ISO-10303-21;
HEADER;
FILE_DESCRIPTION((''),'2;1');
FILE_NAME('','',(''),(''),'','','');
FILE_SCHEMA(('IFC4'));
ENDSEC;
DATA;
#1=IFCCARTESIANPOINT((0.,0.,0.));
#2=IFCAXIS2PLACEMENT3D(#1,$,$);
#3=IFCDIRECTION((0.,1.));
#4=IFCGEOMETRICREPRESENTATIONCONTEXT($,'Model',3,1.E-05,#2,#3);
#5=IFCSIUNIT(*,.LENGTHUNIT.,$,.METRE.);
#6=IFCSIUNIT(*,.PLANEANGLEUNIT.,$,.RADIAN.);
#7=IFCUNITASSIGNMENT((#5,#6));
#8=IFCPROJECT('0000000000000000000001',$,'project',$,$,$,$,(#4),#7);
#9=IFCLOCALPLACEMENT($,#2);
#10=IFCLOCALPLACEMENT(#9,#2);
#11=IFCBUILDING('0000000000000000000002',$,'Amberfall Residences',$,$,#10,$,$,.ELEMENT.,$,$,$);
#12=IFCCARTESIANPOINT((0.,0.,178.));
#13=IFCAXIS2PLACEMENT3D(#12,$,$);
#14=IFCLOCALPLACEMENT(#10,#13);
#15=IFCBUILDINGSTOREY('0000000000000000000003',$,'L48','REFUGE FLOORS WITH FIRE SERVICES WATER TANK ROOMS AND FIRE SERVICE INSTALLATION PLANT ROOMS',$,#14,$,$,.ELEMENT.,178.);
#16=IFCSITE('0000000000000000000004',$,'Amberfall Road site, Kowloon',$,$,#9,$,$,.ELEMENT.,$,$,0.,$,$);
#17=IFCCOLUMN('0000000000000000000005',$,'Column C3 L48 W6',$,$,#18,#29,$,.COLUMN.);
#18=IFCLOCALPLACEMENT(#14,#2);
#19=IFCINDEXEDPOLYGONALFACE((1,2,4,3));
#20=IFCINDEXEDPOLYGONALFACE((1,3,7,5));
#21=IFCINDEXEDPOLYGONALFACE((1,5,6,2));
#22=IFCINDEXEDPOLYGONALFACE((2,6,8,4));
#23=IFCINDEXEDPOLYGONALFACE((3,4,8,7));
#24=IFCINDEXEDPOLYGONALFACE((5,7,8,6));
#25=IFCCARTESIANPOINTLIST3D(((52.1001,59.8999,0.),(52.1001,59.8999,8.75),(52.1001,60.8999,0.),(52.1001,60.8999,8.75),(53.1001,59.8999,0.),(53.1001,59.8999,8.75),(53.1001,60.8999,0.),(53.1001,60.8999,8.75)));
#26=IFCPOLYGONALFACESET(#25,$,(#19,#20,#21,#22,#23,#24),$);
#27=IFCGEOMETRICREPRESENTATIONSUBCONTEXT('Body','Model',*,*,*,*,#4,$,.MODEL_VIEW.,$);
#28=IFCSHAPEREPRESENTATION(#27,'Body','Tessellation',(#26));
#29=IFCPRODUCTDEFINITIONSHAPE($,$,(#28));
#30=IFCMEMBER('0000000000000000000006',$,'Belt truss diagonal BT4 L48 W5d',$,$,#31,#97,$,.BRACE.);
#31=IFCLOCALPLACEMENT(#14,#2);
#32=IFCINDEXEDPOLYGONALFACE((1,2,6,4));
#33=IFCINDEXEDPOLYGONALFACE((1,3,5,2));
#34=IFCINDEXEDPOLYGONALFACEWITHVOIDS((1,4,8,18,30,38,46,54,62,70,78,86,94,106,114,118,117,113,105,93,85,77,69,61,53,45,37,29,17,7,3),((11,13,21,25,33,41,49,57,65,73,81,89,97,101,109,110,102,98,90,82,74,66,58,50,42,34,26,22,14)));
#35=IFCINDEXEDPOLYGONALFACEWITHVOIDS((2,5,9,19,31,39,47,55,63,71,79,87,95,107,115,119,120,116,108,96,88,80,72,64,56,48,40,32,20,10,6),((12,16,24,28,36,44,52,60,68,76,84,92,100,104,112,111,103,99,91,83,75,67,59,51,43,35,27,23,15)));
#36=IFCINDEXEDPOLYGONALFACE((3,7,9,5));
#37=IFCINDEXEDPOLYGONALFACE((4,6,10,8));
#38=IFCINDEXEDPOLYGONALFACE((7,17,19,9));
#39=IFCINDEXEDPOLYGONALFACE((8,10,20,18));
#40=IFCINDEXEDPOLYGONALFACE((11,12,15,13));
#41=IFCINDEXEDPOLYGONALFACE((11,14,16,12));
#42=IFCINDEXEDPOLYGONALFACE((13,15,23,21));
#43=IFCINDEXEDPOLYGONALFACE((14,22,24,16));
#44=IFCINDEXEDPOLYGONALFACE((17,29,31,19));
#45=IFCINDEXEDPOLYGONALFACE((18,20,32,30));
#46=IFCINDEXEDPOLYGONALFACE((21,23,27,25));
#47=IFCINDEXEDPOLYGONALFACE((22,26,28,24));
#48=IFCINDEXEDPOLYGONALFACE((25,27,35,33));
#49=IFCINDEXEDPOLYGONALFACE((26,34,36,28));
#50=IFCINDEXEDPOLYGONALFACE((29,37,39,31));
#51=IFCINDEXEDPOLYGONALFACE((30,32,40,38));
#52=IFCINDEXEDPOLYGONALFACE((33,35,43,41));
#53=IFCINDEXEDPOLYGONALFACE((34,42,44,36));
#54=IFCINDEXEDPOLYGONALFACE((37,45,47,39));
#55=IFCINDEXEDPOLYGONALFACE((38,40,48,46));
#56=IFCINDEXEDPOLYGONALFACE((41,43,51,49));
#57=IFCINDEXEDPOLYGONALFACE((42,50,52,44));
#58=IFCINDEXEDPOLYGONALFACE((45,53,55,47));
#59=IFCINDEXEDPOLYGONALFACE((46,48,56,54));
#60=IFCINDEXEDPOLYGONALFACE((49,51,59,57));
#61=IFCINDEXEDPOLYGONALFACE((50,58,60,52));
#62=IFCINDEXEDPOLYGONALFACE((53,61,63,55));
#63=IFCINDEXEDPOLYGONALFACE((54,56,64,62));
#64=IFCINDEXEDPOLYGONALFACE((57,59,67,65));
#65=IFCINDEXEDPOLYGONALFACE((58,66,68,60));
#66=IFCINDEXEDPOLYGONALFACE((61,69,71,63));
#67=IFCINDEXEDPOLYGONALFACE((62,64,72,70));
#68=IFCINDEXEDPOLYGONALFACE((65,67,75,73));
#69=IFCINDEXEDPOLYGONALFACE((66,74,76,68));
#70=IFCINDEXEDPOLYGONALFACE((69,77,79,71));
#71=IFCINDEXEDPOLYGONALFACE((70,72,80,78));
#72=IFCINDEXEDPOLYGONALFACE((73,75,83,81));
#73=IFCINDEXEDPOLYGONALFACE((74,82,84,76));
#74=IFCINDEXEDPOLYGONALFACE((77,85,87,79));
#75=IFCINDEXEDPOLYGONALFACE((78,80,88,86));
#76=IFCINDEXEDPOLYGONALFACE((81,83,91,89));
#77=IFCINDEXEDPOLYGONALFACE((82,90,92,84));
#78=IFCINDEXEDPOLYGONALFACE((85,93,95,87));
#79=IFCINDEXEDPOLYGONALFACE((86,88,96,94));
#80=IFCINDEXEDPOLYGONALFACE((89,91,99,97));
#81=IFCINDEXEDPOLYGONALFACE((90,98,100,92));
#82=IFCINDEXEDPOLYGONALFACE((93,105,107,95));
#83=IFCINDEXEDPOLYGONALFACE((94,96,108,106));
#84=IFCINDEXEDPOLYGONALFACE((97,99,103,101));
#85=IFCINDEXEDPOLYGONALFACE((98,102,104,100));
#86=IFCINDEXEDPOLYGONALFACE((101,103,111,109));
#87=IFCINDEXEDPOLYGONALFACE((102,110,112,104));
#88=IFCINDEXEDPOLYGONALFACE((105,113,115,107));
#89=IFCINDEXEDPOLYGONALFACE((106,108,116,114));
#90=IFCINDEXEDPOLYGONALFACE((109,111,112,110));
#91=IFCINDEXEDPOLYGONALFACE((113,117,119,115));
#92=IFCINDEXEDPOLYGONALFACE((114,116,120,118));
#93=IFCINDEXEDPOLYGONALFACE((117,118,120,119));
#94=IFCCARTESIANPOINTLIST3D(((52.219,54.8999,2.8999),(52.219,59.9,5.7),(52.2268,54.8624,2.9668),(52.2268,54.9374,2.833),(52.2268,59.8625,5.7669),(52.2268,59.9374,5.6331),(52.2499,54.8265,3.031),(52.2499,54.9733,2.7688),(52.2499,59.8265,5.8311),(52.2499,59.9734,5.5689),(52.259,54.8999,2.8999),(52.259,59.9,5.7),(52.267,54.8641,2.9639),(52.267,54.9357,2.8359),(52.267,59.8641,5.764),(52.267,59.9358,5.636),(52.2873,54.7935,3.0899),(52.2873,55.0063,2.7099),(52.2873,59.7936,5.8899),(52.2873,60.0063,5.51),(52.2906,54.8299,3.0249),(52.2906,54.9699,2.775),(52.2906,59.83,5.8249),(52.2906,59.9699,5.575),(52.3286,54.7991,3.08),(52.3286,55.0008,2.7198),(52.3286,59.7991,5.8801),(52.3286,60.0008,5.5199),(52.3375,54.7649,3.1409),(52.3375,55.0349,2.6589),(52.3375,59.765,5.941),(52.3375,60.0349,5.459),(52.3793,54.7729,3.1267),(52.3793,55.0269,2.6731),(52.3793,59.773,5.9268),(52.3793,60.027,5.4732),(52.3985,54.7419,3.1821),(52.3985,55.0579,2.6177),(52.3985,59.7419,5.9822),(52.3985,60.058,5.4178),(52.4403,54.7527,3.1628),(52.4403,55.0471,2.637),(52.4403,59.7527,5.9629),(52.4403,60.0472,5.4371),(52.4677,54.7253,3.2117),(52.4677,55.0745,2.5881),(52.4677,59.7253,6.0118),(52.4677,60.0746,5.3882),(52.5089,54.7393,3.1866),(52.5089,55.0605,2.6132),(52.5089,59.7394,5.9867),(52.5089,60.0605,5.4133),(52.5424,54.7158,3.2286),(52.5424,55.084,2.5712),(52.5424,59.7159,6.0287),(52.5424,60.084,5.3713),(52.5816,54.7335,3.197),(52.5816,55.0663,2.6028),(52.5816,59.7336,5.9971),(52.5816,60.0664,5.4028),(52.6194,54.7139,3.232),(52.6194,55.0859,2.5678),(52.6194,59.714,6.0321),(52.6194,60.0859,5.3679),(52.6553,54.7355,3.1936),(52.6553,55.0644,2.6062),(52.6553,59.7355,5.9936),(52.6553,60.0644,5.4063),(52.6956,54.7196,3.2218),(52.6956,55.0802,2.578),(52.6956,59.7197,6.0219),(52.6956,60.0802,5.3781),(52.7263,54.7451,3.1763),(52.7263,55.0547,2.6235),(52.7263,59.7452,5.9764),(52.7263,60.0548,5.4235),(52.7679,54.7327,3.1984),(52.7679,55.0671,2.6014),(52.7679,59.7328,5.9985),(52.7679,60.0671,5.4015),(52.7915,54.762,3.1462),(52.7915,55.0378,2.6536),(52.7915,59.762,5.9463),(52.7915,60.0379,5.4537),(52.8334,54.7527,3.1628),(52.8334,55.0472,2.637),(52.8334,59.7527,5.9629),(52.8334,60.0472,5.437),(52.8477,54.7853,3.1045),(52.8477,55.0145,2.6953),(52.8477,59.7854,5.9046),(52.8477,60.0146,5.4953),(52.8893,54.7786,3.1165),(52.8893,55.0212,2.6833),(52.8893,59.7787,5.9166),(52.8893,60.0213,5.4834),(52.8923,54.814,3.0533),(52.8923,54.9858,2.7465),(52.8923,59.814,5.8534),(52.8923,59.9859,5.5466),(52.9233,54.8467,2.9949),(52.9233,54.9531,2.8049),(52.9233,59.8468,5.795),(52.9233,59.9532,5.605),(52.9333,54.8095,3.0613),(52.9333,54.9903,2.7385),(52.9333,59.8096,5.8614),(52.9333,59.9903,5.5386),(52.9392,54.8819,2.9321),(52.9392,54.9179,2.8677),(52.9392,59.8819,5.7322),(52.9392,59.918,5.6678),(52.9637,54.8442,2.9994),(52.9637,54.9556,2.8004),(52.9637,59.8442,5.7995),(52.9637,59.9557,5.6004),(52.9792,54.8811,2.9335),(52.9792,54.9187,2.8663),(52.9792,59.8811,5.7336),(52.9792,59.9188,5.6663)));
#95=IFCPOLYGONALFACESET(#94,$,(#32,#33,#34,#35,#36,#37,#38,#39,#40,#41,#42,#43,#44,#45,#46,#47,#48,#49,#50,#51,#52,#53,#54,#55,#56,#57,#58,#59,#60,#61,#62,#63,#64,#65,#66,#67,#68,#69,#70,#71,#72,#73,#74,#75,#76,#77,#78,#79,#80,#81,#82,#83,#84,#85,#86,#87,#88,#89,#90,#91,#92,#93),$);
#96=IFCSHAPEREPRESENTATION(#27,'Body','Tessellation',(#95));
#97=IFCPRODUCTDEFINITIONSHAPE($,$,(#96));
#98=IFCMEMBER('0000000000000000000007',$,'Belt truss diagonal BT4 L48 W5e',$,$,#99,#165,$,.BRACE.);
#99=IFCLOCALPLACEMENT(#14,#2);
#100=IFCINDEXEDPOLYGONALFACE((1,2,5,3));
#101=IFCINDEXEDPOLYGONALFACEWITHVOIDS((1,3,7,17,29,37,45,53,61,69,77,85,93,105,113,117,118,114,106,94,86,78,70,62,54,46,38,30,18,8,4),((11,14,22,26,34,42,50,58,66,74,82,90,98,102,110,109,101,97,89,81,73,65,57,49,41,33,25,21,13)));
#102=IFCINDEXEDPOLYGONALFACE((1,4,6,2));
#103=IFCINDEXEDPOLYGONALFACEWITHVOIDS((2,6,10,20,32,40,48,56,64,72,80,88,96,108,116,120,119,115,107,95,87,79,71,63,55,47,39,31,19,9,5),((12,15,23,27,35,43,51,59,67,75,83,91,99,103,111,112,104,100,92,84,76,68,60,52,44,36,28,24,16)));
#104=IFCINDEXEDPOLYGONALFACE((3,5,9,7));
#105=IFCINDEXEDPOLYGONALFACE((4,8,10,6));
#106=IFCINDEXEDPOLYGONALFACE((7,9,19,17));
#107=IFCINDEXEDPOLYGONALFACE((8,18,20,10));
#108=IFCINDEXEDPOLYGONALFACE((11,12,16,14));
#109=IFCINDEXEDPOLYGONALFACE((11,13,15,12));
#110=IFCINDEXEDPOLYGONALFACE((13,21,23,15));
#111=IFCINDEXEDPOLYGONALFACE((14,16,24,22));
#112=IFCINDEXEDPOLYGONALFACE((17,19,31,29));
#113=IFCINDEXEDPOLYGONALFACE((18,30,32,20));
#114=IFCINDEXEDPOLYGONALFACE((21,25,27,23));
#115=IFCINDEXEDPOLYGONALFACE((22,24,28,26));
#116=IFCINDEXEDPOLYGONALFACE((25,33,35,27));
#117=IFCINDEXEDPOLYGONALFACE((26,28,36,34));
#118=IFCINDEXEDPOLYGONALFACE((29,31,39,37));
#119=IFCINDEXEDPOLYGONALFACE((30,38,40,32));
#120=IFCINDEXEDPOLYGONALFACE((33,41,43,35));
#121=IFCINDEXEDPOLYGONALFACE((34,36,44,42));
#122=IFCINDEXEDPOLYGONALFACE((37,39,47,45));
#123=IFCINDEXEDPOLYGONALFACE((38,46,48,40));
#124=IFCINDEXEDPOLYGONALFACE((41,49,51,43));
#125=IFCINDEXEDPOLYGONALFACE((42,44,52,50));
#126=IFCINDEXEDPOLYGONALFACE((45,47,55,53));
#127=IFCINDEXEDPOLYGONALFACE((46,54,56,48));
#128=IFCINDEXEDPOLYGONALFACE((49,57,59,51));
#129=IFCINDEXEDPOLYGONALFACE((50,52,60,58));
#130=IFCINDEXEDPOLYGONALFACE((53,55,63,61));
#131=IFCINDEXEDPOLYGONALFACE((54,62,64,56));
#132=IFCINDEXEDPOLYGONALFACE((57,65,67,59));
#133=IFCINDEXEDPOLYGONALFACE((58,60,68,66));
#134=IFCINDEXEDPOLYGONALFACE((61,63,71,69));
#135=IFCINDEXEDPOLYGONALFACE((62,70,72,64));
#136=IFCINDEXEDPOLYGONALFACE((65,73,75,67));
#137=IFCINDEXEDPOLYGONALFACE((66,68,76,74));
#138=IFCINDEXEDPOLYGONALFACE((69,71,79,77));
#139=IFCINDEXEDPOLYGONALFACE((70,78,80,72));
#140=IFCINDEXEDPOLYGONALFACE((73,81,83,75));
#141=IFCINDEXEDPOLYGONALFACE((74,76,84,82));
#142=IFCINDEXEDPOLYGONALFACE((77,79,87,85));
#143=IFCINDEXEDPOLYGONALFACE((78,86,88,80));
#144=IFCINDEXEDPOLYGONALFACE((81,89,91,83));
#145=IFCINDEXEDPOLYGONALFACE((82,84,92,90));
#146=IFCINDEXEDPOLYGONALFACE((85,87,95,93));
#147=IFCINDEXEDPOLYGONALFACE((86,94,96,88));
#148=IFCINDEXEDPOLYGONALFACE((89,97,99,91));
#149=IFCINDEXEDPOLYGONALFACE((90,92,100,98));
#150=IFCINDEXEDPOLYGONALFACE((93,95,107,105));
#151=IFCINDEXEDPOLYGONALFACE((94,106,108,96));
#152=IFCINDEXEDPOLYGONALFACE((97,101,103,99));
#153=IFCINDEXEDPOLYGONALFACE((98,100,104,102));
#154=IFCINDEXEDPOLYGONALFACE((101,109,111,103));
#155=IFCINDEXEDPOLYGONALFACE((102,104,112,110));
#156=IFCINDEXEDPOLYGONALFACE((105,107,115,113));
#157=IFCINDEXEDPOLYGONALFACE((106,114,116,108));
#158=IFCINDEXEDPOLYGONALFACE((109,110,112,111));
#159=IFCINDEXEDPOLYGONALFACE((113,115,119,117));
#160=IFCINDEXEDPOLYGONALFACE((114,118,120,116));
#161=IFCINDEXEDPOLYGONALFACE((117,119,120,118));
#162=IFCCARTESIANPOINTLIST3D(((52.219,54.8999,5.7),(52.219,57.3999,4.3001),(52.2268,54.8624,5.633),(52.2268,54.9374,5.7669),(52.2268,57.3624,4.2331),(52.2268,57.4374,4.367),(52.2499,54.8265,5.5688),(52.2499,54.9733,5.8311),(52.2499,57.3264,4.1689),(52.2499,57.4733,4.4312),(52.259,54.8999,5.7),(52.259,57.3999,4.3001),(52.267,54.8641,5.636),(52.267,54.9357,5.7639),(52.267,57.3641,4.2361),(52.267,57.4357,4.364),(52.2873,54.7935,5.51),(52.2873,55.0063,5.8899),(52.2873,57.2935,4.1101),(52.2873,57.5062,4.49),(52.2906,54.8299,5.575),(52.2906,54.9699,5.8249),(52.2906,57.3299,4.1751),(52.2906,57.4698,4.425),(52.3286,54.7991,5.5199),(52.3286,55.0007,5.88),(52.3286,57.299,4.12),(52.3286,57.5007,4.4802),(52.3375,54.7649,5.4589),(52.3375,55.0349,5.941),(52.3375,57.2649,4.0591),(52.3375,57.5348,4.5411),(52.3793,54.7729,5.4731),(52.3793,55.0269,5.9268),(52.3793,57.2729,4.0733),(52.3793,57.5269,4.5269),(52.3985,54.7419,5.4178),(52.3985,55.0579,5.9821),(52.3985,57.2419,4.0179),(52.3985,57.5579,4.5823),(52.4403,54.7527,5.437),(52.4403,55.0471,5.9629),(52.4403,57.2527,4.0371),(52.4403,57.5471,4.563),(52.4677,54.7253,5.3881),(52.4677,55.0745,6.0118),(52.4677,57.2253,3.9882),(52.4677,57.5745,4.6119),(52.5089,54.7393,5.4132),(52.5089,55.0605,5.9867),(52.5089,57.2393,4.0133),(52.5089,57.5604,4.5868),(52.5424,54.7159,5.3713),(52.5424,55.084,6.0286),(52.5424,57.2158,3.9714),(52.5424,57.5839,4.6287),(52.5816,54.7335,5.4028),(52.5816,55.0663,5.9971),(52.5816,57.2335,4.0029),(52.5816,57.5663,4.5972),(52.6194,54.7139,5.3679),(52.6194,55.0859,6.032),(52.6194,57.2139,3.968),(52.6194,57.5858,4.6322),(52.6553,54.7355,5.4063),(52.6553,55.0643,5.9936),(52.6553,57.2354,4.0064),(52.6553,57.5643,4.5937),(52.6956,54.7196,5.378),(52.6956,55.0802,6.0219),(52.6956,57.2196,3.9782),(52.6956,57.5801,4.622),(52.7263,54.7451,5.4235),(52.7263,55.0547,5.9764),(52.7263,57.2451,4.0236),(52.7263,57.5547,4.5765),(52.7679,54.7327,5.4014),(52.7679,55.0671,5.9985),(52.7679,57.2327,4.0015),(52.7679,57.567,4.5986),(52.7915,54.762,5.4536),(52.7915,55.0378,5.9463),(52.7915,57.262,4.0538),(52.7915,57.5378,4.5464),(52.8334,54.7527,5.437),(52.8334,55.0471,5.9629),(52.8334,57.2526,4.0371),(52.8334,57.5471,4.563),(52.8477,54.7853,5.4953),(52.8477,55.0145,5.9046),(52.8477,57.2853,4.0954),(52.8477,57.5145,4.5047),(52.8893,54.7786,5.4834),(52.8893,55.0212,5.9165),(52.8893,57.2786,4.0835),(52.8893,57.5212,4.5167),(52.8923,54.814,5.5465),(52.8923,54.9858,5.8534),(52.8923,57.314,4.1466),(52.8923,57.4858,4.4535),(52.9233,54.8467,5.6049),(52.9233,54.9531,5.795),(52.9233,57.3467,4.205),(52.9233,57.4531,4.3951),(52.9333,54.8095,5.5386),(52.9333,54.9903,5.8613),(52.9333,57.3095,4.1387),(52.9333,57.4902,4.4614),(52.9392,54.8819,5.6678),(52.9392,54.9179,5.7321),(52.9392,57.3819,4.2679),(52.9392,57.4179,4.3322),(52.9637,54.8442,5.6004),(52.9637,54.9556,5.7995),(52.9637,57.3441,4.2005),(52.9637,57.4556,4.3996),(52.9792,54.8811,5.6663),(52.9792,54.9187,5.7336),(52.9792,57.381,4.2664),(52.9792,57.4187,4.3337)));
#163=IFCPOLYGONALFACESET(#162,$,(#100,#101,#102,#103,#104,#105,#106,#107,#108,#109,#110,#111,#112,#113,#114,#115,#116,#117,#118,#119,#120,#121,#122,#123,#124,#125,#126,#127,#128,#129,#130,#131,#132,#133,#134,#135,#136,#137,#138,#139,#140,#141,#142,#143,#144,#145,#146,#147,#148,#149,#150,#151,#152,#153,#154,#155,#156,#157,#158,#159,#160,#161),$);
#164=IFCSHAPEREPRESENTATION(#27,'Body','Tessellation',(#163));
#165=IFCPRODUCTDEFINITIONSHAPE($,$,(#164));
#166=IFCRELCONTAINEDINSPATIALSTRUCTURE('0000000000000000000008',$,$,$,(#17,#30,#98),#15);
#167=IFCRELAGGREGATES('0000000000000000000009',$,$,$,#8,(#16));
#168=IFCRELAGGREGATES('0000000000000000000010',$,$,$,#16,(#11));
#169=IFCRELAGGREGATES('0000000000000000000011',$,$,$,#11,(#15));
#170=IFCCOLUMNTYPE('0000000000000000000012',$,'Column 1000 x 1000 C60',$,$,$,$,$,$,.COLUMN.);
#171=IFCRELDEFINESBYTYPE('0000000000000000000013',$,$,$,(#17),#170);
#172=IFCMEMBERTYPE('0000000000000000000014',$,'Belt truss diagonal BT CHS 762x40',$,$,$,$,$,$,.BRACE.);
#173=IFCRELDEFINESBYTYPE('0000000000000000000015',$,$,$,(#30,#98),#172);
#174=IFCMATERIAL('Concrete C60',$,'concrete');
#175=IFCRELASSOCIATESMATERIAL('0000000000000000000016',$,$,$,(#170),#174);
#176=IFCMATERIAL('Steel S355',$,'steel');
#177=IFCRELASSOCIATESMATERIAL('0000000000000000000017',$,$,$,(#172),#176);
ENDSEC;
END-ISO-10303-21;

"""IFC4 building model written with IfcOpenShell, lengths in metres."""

from ifc_helpers import new_model, si_unit, direction, frame, origin, origin_2d, place, context, subcontext, project, spatial, rectangle, hollow_circle, extrude, material, material_profile, profile_set, type_object, element, save


model = new_model("IFC4")

# Units and contexts
model_context = context("Model", 3, precision=1e-05, world=origin(), true_north=direction((0.0, 1.0)))
body_context = subcontext(model_context, "Body", "Model", "MODEL_VIEW")
ifc_project = project(units=[si_unit("LENGTHUNIT", "METRE"), si_unit("PLANEANGLEUNIT", "RADIAN")], contexts=[model_context])

# Site, building, storey
site_placement = place(None, origin())
site = spatial("IfcSite", under=ifc_project, at=site_placement, Name="Amberfall Road site, Kowloon", CompositionType="ELEMENT", RefElevation=0.0)
building_placement = place(site_placement, origin())
building = spatial("IfcBuilding", under=site, at=building_placement, Name="Amberfall Residences", CompositionType="ELEMENT")
storey_placement = place(building_placement, frame((0.0, 0.0, 178.0)))
storey = spatial("IfcBuildingStorey", under=building, at=storey_placement, Name="L48", Description="REFUGE FLOORS WITH FIRE SERVICES WATER TANK ROOMS AND FIRE SERVICE INSTALLATION PLANT ROOMS", CompositionType="ELEMENT", Elevation=178.0)

# Column
ifc_material_1 = material(Name="Concrete C60", Category="concrete")
ifc_material_profile_1 = material_profile(ifc_material_1, rectangle(XDim=1.0, YDim=1.0, at=origin_2d()), Name="Column 1000 x 1000 C60")
ifc_profile_set_1 = profile_set([ifc_material_profile_1], Name="Concrete C60")
column_type = type_object("IfcColumnType", Name="Column 1000 x 1000 C60", PredefinedType="COLUMN", material=ifc_profile_set_1)
column_placement = place(storey_placement, frame((52.6001, 60.3999, 0.0), z_axis=(0.0, 0.0, 1.0), x_axis=(1.0, 0.0, 0.0)))
element("IfcColumn", 1, at=column_placement, inside=storey, type_object=column_type, Name="Column C3 L48 W6", PredefinedType="COLUMN", context=body_context, shape_type="SweptSolid", body=[
    extrude(rectangle(XDim=1.0, YDim=1.0, at=origin_2d()), origin(), (0.0, 0.0, 1.0), 8.75),
])

# Members
ifc_material_2 = material(Name="Steel S355", Category="steel")
ifc_material_profile_2 = material_profile(ifc_material_2, hollow_circle(Radius=0.3811, WallThickness=0.04, at=origin_2d()), Name="CHS 762x40")
ifc_profile_set_2 = profile_set([ifc_material_profile_2], Name="Steel S355")
member_type_1 = type_object("IfcMemberType", Name="Belt truss diagonal BT CHS 762x40", PredefinedType="BRACE", material=ifc_profile_set_2)
member_1_placement = place(storey_placement, frame((52.6001, 54.8999, 2.8999), z_axis=(0.0, 0.872502, 0.48861), x_axis=(-1.0, 0.0, 0.0)))
element("IfcMember", 2, at=member_1_placement, inside=storey, type_object=member_type_1, Name="Belt truss diagonal BT4 L48 W5d", PredefinedType="BRACE", context=body_context, shape_type="SweptSolid", body=[
    extrude(hollow_circle(Radius=0.3811, WallThickness=0.04, at=origin_2d()), origin(), (0.0, 0.0, 1.0), 5.7307),
])
member_2_placement = place(storey_placement, frame((52.6001, 54.8999, 5.7), z_axis=(0.0, 0.872521, -0.488577), x_axis=(-1.0, 0.0, 0.0)))
element("IfcMember", 3, at=member_2_placement, inside=storey, type_object=member_type_1, Name="Belt truss diagonal BT4 L48 W5e", PredefinedType="BRACE", context=body_context, shape_type="SweptSolid", body=[
    extrude(hollow_circle(Radius=0.3811, WallThickness=0.04, at=origin_2d()), origin(), (0.0, 0.0, 1.0), 2.8652),
])

save(model, "model.ifc")
